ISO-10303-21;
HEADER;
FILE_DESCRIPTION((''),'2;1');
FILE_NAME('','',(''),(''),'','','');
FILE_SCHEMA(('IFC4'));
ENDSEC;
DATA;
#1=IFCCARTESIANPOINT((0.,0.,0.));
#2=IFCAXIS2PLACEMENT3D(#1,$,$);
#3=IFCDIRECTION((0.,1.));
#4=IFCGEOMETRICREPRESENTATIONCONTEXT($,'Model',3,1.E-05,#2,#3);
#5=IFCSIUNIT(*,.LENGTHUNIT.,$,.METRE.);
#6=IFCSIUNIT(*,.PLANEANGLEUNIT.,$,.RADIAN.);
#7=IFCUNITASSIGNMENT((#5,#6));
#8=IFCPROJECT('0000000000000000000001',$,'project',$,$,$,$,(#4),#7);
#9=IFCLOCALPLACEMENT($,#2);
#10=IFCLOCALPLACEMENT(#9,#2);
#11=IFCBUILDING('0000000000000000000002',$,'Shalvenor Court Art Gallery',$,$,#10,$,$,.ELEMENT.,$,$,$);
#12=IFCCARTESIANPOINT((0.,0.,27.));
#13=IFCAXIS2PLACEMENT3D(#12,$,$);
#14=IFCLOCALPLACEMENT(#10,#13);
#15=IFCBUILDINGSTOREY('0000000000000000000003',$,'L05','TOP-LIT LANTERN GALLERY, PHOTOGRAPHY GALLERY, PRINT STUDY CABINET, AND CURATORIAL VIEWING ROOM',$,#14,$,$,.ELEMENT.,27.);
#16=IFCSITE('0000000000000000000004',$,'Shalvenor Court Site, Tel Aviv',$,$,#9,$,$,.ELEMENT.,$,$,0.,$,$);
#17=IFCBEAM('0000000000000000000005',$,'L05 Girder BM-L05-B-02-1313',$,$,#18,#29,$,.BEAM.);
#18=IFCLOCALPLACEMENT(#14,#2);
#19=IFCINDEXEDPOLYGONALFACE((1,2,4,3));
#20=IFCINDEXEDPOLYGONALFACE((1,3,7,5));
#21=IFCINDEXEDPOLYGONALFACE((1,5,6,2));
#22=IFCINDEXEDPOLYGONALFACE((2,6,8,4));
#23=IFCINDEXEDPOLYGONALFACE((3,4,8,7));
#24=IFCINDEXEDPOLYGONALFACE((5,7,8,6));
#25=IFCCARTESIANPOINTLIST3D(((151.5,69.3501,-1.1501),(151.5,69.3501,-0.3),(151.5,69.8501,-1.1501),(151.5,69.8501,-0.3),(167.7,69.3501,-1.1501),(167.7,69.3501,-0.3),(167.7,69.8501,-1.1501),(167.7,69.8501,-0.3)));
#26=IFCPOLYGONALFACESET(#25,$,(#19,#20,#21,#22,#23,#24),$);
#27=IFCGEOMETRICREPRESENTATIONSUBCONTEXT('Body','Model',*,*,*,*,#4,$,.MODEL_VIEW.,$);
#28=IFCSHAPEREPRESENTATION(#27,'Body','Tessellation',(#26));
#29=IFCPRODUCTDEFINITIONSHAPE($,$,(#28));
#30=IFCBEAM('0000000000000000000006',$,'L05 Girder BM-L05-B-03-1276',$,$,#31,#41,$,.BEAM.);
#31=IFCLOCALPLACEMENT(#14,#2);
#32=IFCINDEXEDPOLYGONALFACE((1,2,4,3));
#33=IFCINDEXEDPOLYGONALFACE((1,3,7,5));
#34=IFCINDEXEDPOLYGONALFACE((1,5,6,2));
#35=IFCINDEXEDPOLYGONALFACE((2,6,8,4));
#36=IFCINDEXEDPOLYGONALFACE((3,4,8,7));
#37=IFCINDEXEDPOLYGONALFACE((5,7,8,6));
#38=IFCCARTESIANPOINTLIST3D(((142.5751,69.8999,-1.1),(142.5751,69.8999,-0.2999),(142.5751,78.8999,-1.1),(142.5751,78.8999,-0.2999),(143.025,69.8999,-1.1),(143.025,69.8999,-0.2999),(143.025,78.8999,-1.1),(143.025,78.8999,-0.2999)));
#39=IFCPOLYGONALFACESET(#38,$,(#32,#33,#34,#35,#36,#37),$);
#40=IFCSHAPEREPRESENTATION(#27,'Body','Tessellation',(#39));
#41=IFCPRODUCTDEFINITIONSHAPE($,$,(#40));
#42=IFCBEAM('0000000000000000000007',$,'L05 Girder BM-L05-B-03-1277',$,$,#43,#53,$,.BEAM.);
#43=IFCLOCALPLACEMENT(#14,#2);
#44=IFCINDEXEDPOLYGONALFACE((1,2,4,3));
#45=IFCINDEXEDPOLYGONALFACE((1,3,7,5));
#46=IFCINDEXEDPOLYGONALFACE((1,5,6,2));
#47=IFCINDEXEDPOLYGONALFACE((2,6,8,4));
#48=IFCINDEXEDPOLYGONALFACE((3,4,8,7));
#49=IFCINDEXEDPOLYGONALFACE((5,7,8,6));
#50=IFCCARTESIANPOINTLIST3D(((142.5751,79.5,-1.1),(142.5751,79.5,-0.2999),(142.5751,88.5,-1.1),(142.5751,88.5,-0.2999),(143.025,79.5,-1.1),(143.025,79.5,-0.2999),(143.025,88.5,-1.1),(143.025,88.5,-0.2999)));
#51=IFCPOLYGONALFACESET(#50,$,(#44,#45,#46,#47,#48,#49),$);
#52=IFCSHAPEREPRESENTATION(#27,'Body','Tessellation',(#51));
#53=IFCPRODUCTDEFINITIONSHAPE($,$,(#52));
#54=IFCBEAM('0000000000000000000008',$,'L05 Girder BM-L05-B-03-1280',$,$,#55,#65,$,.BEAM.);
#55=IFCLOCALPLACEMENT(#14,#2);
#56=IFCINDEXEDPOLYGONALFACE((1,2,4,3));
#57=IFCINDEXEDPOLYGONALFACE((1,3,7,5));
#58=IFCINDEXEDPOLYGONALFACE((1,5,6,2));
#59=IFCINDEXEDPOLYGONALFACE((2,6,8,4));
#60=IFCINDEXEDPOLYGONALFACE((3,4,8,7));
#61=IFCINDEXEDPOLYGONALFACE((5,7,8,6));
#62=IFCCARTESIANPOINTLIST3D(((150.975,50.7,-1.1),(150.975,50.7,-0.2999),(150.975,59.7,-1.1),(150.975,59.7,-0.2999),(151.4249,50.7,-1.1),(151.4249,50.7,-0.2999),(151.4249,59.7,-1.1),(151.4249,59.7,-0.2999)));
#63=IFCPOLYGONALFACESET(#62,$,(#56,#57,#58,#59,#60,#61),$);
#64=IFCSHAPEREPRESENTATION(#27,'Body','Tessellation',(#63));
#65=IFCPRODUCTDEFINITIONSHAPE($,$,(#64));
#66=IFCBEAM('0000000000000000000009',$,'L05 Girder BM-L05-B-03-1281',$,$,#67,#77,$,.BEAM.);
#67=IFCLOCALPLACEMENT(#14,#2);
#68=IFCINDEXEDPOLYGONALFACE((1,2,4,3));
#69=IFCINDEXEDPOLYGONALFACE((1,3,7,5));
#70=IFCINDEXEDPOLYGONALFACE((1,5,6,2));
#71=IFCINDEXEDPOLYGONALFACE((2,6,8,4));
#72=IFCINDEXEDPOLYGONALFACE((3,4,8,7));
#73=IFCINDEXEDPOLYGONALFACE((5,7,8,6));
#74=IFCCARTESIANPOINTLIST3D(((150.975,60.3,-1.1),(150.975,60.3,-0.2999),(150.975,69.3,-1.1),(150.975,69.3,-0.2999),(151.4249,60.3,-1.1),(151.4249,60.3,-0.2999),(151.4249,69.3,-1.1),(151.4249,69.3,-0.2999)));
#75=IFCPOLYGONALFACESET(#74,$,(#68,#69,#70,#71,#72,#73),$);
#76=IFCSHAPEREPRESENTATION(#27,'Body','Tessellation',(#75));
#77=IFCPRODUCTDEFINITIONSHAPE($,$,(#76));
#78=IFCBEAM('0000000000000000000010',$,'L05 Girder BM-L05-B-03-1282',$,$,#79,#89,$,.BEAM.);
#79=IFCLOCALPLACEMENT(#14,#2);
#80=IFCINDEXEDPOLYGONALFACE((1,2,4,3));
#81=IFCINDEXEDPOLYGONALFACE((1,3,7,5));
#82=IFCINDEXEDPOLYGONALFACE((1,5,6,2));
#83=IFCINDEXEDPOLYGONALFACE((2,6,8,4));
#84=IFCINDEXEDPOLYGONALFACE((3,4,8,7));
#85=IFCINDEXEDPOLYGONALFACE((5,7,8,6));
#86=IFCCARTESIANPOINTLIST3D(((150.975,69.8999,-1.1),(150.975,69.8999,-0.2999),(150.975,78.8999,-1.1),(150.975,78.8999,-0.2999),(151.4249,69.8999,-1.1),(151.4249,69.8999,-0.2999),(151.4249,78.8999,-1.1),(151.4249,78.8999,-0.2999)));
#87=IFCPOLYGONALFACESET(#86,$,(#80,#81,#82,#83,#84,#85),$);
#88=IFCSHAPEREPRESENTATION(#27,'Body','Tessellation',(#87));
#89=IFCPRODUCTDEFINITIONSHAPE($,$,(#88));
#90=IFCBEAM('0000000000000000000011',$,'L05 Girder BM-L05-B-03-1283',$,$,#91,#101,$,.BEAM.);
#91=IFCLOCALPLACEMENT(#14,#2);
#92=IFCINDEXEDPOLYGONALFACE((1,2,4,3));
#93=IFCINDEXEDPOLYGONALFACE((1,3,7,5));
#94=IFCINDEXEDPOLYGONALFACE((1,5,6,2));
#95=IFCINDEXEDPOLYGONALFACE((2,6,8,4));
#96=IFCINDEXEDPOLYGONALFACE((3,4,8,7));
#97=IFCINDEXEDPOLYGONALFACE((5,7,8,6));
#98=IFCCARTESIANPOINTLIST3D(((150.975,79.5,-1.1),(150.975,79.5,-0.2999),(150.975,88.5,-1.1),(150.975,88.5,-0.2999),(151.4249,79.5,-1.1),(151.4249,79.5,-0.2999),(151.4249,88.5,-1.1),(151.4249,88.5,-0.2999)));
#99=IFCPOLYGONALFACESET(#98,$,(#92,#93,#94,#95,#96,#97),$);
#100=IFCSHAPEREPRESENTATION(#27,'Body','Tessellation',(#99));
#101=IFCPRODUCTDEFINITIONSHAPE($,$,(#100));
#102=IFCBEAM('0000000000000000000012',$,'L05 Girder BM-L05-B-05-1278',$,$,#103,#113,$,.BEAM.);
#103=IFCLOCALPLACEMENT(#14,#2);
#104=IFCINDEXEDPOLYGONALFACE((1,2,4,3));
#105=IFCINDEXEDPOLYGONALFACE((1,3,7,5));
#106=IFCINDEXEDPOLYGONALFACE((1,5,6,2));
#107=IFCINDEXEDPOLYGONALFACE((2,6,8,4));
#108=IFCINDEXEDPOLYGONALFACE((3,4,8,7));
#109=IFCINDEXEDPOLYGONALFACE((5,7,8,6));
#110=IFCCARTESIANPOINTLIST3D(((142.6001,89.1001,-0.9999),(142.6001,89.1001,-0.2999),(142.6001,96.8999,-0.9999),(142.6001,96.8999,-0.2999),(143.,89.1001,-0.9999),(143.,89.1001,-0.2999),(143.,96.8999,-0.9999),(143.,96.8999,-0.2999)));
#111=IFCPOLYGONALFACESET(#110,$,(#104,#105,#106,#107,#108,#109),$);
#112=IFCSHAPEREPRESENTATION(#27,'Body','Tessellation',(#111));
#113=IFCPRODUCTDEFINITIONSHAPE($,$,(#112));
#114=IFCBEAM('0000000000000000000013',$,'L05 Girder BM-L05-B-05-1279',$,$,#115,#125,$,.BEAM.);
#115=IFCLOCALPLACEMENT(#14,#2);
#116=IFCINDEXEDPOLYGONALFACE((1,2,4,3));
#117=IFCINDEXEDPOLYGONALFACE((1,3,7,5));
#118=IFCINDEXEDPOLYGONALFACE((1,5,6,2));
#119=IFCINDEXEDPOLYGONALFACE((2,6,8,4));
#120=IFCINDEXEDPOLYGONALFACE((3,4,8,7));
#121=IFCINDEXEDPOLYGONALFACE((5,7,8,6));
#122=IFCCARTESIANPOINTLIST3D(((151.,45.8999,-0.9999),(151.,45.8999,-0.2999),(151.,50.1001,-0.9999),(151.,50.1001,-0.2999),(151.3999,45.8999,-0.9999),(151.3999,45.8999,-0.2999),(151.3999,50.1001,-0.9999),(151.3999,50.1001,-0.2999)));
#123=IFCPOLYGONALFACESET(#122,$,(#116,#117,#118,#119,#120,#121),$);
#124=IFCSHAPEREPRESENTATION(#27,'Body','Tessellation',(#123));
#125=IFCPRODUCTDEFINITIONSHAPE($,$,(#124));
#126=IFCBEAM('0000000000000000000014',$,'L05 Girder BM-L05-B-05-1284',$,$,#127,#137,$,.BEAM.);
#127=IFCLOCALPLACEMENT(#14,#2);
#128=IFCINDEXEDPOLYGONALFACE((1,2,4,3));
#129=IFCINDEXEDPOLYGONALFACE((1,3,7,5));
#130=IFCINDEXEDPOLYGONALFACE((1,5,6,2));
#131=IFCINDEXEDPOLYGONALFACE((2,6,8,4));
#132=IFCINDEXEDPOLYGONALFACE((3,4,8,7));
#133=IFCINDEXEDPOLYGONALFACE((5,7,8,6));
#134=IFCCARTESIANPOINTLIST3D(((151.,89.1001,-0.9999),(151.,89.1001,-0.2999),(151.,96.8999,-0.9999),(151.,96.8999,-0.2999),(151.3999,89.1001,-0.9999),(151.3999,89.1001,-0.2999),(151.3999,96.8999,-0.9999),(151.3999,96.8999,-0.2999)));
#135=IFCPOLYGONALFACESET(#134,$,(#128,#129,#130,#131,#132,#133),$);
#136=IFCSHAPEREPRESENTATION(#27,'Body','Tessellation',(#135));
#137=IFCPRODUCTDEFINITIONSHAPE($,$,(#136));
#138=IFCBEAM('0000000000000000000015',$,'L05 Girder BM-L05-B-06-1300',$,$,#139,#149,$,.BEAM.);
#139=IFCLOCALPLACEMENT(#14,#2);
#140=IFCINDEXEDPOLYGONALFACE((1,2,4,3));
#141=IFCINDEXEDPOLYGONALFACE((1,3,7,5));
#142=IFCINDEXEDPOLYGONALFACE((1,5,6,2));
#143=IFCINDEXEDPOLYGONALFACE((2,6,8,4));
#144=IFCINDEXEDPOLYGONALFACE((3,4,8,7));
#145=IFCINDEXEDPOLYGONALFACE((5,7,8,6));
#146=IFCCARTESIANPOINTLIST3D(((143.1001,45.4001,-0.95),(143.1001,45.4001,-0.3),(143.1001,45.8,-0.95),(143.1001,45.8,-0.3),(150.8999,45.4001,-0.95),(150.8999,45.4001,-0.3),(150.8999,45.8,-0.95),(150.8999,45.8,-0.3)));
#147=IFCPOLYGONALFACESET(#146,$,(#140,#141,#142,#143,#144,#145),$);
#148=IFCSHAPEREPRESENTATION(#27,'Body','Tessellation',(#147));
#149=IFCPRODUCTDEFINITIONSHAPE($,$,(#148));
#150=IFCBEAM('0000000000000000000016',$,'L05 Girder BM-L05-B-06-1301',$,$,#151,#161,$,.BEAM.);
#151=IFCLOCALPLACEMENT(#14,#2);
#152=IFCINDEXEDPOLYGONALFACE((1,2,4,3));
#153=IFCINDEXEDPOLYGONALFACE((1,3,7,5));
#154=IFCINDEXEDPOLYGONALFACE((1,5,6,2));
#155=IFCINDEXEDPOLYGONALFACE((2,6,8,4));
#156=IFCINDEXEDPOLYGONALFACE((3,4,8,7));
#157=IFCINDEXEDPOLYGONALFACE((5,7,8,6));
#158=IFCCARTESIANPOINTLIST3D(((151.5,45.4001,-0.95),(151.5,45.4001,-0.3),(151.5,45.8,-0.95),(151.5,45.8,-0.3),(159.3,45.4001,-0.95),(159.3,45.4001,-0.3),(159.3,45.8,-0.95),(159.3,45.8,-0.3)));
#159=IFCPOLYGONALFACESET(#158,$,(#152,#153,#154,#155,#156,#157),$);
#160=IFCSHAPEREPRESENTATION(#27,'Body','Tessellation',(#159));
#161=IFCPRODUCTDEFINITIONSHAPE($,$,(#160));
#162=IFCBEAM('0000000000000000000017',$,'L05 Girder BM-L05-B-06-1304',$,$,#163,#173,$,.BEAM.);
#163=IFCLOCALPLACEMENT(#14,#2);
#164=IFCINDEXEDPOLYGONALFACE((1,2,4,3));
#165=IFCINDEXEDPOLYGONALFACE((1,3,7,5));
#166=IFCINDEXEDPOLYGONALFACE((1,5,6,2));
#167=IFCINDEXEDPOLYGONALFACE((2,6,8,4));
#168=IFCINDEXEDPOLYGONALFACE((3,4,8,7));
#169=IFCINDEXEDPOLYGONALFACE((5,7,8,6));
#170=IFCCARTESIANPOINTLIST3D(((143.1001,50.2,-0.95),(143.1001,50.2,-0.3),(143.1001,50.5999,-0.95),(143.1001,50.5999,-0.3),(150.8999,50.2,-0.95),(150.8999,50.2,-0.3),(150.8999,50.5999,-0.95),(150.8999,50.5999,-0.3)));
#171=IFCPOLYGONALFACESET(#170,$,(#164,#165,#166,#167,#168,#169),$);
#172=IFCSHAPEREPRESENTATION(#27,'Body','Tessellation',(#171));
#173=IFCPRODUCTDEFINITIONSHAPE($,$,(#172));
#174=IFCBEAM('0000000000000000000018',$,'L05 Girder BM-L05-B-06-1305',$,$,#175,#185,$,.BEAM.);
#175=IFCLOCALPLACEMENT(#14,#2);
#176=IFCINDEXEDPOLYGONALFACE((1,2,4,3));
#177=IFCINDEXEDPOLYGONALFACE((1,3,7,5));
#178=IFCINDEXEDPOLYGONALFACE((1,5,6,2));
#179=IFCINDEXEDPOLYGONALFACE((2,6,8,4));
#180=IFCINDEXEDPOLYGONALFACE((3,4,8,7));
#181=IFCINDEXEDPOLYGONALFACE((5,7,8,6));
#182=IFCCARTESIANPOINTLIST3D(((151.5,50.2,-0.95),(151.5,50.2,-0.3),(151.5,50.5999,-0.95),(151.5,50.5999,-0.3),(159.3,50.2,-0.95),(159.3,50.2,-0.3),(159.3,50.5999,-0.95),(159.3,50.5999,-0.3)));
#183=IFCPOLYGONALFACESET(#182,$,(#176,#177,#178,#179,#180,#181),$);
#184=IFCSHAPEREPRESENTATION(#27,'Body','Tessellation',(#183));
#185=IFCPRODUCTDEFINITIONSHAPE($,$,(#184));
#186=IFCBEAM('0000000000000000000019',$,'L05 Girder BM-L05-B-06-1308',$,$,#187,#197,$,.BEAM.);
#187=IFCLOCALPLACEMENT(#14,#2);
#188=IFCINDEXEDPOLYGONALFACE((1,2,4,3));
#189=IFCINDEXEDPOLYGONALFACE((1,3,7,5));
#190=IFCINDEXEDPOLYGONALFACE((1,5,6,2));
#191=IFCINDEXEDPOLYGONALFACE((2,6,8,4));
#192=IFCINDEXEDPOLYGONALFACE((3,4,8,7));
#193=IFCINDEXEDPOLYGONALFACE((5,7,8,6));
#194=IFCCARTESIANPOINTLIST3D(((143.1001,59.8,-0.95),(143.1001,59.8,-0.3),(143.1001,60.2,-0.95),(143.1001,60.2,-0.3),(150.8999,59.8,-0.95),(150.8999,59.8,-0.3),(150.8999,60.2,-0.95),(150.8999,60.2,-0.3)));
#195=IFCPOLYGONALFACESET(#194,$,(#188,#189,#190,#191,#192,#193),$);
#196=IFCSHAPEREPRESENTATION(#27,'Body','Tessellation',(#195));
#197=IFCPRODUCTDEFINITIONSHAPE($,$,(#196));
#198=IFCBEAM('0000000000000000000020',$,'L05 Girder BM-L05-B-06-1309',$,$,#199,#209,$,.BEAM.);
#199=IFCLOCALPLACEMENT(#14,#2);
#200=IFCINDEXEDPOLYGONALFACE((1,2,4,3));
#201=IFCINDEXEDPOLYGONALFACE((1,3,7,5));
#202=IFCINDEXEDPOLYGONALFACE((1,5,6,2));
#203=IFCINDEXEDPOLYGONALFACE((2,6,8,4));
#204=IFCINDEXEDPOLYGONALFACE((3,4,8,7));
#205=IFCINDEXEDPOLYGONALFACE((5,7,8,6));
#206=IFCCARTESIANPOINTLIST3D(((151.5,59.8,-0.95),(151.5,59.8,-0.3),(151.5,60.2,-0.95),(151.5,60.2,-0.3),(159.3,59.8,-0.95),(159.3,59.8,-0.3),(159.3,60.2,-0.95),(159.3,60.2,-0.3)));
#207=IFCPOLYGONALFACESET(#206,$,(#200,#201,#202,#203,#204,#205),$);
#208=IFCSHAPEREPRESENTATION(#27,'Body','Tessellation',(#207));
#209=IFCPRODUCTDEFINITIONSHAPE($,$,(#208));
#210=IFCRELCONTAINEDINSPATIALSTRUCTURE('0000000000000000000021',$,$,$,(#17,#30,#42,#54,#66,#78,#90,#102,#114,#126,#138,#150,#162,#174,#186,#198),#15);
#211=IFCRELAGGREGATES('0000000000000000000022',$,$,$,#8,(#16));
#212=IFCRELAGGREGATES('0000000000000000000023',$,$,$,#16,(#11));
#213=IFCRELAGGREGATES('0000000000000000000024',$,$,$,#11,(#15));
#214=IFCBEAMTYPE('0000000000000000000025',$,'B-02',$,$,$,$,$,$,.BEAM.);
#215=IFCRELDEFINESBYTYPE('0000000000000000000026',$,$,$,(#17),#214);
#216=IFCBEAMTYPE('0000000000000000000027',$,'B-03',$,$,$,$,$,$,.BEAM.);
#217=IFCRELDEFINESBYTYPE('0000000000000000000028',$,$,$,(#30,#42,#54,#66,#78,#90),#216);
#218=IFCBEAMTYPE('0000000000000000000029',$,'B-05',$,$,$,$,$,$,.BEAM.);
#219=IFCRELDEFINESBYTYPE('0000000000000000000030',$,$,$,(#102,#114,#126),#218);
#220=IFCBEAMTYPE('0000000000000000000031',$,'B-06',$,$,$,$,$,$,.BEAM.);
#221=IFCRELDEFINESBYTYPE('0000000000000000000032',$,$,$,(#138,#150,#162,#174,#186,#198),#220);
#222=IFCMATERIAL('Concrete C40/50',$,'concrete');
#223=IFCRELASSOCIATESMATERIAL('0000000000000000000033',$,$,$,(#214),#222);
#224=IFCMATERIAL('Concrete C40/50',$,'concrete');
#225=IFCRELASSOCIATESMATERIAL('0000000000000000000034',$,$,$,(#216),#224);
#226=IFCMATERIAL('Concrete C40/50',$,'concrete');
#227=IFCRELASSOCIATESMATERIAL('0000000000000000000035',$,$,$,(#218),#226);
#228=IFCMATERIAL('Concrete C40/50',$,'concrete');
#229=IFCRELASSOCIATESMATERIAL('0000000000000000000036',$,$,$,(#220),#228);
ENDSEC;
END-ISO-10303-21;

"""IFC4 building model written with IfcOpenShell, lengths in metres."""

from ifc_helpers import new_model, si_unit, direction, frame, origin, origin_2d, place, context, subcontext, project, spatial, rectangle, extrude, material, material_profile, profile_set, type_object, element, save


model = new_model("IFC4")

# Units and contexts
model_context = context("Model", 3, precision=1e-05, world=origin(), true_north=direction((0.0, 1.0)))
body_context = subcontext(model_context, "Body", "Model", "MODEL_VIEW")
ifc_project = project(units=[si_unit("LENGTHUNIT", "METRE"), si_unit("PLANEANGLEUNIT", "RADIAN")], contexts=[model_context])

# Site, building, storey
site_placement = place(None, origin())
site = spatial("IfcSite", under=ifc_project, at=site_placement, Name="Shalvenor Court Site, Tel Aviv", CompositionType="ELEMENT", RefElevation=0.0)
building_placement = place(site_placement, origin())
building = spatial("IfcBuilding", under=site, at=building_placement, Name="Shalvenor Court Art Gallery", CompositionType="ELEMENT")
storey_placement = place(building_placement, frame((0.0, 0.0, 27.0)))
storey = spatial("IfcBuildingStorey", under=building, at=storey_placement, Name="L05", Description="TOP-LIT LANTERN GALLERY, PHOTOGRAPHY GALLERY, PRINT STUDY CABINET, AND CURATORIAL VIEWING ROOM", CompositionType="ELEMENT", Elevation=27.0)

# Beams
ifc_material_1 = material(Name="Concrete C40/50", Category="concrete")
ifc_material_profile_1 = material_profile(ifc_material_1, rectangle(XDim=0.5, YDim=0.8501, at=origin_2d()), Name="RC 500x850")
ifc_profile_set_1 = profile_set([ifc_material_profile_1], Name="Concrete C40/50")
beam_type_1 = type_object("IfcBeamType", Name="B-02", PredefinedType="BEAM", material=ifc_profile_set_1)
beam_1_placement = place(storey_placement, frame((151.5, 69.6001, -0.7251), z_axis=(1.0, 0.0, 0.0), x_axis=(0.0, 1.0, 0.0)))
element("IfcBeam", 1, at=beam_1_placement, inside=storey, type_object=beam_type_1, Name="L05 Girder BM-L05-B-02-1313", PredefinedType="BEAM", context=body_context, shape_type="SweptSolid", body=[
    extrude(rectangle(XDim=0.5, YDim=0.8501, at=origin_2d()), origin(), (0.0, 0.0, 1.0), 16.2),
])
ifc_material_2 = material(Name="Concrete C40/50", Category="concrete")
ifc_material_profile_2 = material_profile(ifc_material_2, rectangle(XDim=0.45, YDim=0.8, at=origin_2d()), Name="RC 450x800")
ifc_profile_set_2 = profile_set([ifc_material_profile_2], Name="Concrete C40/50")
beam_type_2 = type_object("IfcBeamType", Name="B-03", PredefinedType="BEAM", material=ifc_profile_set_2)
for number, where, z_axis, x_axis, name in (
    (2, (142.8, 69.8999, -0.7), (0.0, 1.0, 0.0), (-1.0, 0.0, 0.0), "L05 Girder BM-L05-B-03-1276"),
    (3, (142.8, 79.5, -0.7), (0.0, 1.0, 0.0), (-1.0, 0.0, 0.0), "L05 Girder BM-L05-B-03-1277"),
    (4, (151.2, 50.7, -0.7), (0.0, 1.0, 0.0), (-1.0, 0.0, 0.0), "L05 Girder BM-L05-B-03-1280"),
    (5, (151.2, 60.3, -0.7), (0.0, 1.0, 0.0), (-1.0, 0.0, 0.0), "L05 Girder BM-L05-B-03-1281"),
    (6, (151.2, 69.8999, -0.7), (0.0, 1.0, 0.0), (-1.0, 0.0, 0.0), "L05 Girder BM-L05-B-03-1282"),
    (7, (151.2, 79.5, -0.7), (0.0, 1.0, 0.0), (-1.0, 0.0, 0.0), "L05 Girder BM-L05-B-03-1283"),
):
    element("IfcBeam", number, at=place(storey_placement, frame(where, z_axis=z_axis, x_axis=x_axis)), inside=storey, type_object=beam_type_2, Name=name, PredefinedType="BEAM", context=body_context, shape_type="SweptSolid", body=[
        extrude(rectangle(XDim=0.45, YDim=0.8, at=origin_2d()), origin(), (0.0, 0.0, 1.0), 9.0),
    ])
ifc_material_3 = material(Name="Concrete C40/50", Category="concrete")
ifc_material_profile_3 = material_profile(ifc_material_3, rectangle(XDim=0.3999, YDim=0.7, at=origin_2d()), Name="RC 400x700")
ifc_profile_set_3 = profile_set([ifc_material_profile_3], Name="Concrete C40/50")
beam_type_3 = type_object("IfcBeamType", Name="B-05", PredefinedType="BEAM", material=ifc_profile_set_3)
beam_2_placement = place(storey_placement, frame((142.8, 89.1001, -0.6499), z_axis=(0.0, 1.0, 0.0), x_axis=(-1.0, 0.0, 0.0)))
element("IfcBeam", 8, at=beam_2_placement, inside=storey, type_object=beam_type_3, Name="L05 Girder BM-L05-B-05-1278", PredefinedType="BEAM", context=body_context, shape_type="SweptSolid", body=[
    extrude(rectangle(XDim=0.3999, YDim=0.7, at=origin_2d()), origin(), (0.0, 0.0, 1.0), 7.7998),
])
beam_3_placement = place(storey_placement, frame((151.2, 45.8999, -0.6499), z_axis=(0.0, 1.0, 0.0), x_axis=(-1.0, 0.0, 0.0)))
element("IfcBeam", 9, at=beam_3_placement, inside=storey, type_object=beam_type_3, Name="L05 Girder BM-L05-B-05-1279", PredefinedType="BEAM", context=body_context, shape_type="SweptSolid", body=[
    extrude(rectangle(XDim=0.3999, YDim=0.7, at=origin_2d()), origin(), (0.0, 0.0, 1.0), 4.2002),
])
beam_4_placement = place(storey_placement, frame((151.2, 89.1001, -0.6499), z_axis=(0.0, 1.0, 0.0), x_axis=(-1.0, 0.0, 0.0)))
element("IfcBeam", 10, at=beam_4_placement, inside=storey, type_object=beam_type_3, Name="L05 Girder BM-L05-B-05-1284", PredefinedType="BEAM", context=body_context, shape_type="SweptSolid", body=[
    extrude(rectangle(XDim=0.3999, YDim=0.7, at=origin_2d()), origin(), (0.0, 0.0, 1.0), 7.7998),
])
ifc_material_4 = material(Name="Concrete C40/50", Category="concrete")
ifc_material_profile_4 = material_profile(ifc_material_4, rectangle(XDim=0.3999, YDim=0.6499, at=origin_2d()), Name="RC 400x650")
ifc_profile_set_4 = profile_set([ifc_material_profile_4], Name="Concrete C40/50")
beam_type_4 = type_object("IfcBeamType", Name="B-06", PredefinedType="BEAM", material=ifc_profile_set_4)
beam_5_placement = place(storey_placement, frame((143.1001, 45.6001, -0.625), z_axis=(1.0, 0.0, 0.0), x_axis=(0.0, 1.0, 0.0)))
element("IfcBeam", 11, at=beam_5_placement, inside=storey, type_object=beam_type_4, Name="L05 Girder BM-L05-B-06-1300", PredefinedType="BEAM", context=body_context, shape_type="SweptSolid", body=[
    extrude(rectangle(XDim=0.3999, YDim=0.6499, at=origin_2d()), origin(), (0.0, 0.0, 1.0), 7.7998),
])
beam_6_placement = place(storey_placement, frame((151.5, 45.6001, -0.625), z_axis=(1.0, 0.0, 0.0), x_axis=(0.0, 1.0, 0.0)))
element("IfcBeam", 12, at=beam_6_placement, inside=storey, type_object=beam_type_4, Name="L05 Girder BM-L05-B-06-1301", PredefinedType="BEAM", context=body_context, shape_type="SweptSolid", body=[
    extrude(rectangle(XDim=0.3999, YDim=0.6499, at=origin_2d()), origin(), (0.0, 0.0, 1.0), 7.8),
])
beam_7_placement = place(storey_placement, frame((143.1001, 50.3999, -0.625), z_axis=(1.0, 0.0, 0.0), x_axis=(0.0, 1.0, 0.0)))
element("IfcBeam", 13, at=beam_7_placement, inside=storey, type_object=beam_type_4, Name="L05 Girder BM-L05-B-06-1304", PredefinedType="BEAM", context=body_context, shape_type="SweptSolid", body=[
    extrude(rectangle(XDim=0.3999, YDim=0.6499, at=origin_2d()), origin(), (0.0, 0.0, 1.0), 7.7998),
])
beam_8_placement = place(storey_placement, frame((151.5, 50.3999, -0.625), z_axis=(1.0, 0.0, 0.0), x_axis=(0.0, 1.0, 0.0)))
element("IfcBeam", 14, at=beam_8_placement, inside=storey, type_object=beam_type_4, Name="L05 Girder BM-L05-B-06-1305", PredefinedType="BEAM", context=body_context, shape_type="SweptSolid", body=[
    extrude(rectangle(XDim=0.3999, YDim=0.6499, at=origin_2d()), origin(), (0.0, 0.0, 1.0), 7.8),
])
beam_9_placement = place(storey_placement, frame((143.1001, 60.0, -0.625), z_axis=(1.0, 0.0, 0.0), x_axis=(0.0, 1.0, 0.0)))
element("IfcBeam", 15, at=beam_9_placement, inside=storey, type_object=beam_type_4, Name="L05 Girder BM-L05-B-06-1308", PredefinedType="BEAM", context=body_context, shape_type="SweptSolid", body=[
    extrude(rectangle(XDim=0.3999, YDim=0.6499, at=origin_2d()), origin(), (0.0, 0.0, 1.0), 7.7998),
])
beam_10_placement = place(storey_placement, frame((151.5, 60.0, -0.625), z_axis=(1.0, 0.0, 0.0), x_axis=(0.0, 1.0, 0.0)))
element("IfcBeam", 16, at=beam_10_placement, inside=storey, type_object=beam_type_4, Name="L05 Girder BM-L05-B-06-1309", PredefinedType="BEAM", context=body_context, shape_type="SweptSolid", body=[
    extrude(rectangle(XDim=0.3999, YDim=0.6499, at=origin_2d()), origin(), (0.0, 0.0, 1.0), 7.8),
])

save(model, "model.ifc")
